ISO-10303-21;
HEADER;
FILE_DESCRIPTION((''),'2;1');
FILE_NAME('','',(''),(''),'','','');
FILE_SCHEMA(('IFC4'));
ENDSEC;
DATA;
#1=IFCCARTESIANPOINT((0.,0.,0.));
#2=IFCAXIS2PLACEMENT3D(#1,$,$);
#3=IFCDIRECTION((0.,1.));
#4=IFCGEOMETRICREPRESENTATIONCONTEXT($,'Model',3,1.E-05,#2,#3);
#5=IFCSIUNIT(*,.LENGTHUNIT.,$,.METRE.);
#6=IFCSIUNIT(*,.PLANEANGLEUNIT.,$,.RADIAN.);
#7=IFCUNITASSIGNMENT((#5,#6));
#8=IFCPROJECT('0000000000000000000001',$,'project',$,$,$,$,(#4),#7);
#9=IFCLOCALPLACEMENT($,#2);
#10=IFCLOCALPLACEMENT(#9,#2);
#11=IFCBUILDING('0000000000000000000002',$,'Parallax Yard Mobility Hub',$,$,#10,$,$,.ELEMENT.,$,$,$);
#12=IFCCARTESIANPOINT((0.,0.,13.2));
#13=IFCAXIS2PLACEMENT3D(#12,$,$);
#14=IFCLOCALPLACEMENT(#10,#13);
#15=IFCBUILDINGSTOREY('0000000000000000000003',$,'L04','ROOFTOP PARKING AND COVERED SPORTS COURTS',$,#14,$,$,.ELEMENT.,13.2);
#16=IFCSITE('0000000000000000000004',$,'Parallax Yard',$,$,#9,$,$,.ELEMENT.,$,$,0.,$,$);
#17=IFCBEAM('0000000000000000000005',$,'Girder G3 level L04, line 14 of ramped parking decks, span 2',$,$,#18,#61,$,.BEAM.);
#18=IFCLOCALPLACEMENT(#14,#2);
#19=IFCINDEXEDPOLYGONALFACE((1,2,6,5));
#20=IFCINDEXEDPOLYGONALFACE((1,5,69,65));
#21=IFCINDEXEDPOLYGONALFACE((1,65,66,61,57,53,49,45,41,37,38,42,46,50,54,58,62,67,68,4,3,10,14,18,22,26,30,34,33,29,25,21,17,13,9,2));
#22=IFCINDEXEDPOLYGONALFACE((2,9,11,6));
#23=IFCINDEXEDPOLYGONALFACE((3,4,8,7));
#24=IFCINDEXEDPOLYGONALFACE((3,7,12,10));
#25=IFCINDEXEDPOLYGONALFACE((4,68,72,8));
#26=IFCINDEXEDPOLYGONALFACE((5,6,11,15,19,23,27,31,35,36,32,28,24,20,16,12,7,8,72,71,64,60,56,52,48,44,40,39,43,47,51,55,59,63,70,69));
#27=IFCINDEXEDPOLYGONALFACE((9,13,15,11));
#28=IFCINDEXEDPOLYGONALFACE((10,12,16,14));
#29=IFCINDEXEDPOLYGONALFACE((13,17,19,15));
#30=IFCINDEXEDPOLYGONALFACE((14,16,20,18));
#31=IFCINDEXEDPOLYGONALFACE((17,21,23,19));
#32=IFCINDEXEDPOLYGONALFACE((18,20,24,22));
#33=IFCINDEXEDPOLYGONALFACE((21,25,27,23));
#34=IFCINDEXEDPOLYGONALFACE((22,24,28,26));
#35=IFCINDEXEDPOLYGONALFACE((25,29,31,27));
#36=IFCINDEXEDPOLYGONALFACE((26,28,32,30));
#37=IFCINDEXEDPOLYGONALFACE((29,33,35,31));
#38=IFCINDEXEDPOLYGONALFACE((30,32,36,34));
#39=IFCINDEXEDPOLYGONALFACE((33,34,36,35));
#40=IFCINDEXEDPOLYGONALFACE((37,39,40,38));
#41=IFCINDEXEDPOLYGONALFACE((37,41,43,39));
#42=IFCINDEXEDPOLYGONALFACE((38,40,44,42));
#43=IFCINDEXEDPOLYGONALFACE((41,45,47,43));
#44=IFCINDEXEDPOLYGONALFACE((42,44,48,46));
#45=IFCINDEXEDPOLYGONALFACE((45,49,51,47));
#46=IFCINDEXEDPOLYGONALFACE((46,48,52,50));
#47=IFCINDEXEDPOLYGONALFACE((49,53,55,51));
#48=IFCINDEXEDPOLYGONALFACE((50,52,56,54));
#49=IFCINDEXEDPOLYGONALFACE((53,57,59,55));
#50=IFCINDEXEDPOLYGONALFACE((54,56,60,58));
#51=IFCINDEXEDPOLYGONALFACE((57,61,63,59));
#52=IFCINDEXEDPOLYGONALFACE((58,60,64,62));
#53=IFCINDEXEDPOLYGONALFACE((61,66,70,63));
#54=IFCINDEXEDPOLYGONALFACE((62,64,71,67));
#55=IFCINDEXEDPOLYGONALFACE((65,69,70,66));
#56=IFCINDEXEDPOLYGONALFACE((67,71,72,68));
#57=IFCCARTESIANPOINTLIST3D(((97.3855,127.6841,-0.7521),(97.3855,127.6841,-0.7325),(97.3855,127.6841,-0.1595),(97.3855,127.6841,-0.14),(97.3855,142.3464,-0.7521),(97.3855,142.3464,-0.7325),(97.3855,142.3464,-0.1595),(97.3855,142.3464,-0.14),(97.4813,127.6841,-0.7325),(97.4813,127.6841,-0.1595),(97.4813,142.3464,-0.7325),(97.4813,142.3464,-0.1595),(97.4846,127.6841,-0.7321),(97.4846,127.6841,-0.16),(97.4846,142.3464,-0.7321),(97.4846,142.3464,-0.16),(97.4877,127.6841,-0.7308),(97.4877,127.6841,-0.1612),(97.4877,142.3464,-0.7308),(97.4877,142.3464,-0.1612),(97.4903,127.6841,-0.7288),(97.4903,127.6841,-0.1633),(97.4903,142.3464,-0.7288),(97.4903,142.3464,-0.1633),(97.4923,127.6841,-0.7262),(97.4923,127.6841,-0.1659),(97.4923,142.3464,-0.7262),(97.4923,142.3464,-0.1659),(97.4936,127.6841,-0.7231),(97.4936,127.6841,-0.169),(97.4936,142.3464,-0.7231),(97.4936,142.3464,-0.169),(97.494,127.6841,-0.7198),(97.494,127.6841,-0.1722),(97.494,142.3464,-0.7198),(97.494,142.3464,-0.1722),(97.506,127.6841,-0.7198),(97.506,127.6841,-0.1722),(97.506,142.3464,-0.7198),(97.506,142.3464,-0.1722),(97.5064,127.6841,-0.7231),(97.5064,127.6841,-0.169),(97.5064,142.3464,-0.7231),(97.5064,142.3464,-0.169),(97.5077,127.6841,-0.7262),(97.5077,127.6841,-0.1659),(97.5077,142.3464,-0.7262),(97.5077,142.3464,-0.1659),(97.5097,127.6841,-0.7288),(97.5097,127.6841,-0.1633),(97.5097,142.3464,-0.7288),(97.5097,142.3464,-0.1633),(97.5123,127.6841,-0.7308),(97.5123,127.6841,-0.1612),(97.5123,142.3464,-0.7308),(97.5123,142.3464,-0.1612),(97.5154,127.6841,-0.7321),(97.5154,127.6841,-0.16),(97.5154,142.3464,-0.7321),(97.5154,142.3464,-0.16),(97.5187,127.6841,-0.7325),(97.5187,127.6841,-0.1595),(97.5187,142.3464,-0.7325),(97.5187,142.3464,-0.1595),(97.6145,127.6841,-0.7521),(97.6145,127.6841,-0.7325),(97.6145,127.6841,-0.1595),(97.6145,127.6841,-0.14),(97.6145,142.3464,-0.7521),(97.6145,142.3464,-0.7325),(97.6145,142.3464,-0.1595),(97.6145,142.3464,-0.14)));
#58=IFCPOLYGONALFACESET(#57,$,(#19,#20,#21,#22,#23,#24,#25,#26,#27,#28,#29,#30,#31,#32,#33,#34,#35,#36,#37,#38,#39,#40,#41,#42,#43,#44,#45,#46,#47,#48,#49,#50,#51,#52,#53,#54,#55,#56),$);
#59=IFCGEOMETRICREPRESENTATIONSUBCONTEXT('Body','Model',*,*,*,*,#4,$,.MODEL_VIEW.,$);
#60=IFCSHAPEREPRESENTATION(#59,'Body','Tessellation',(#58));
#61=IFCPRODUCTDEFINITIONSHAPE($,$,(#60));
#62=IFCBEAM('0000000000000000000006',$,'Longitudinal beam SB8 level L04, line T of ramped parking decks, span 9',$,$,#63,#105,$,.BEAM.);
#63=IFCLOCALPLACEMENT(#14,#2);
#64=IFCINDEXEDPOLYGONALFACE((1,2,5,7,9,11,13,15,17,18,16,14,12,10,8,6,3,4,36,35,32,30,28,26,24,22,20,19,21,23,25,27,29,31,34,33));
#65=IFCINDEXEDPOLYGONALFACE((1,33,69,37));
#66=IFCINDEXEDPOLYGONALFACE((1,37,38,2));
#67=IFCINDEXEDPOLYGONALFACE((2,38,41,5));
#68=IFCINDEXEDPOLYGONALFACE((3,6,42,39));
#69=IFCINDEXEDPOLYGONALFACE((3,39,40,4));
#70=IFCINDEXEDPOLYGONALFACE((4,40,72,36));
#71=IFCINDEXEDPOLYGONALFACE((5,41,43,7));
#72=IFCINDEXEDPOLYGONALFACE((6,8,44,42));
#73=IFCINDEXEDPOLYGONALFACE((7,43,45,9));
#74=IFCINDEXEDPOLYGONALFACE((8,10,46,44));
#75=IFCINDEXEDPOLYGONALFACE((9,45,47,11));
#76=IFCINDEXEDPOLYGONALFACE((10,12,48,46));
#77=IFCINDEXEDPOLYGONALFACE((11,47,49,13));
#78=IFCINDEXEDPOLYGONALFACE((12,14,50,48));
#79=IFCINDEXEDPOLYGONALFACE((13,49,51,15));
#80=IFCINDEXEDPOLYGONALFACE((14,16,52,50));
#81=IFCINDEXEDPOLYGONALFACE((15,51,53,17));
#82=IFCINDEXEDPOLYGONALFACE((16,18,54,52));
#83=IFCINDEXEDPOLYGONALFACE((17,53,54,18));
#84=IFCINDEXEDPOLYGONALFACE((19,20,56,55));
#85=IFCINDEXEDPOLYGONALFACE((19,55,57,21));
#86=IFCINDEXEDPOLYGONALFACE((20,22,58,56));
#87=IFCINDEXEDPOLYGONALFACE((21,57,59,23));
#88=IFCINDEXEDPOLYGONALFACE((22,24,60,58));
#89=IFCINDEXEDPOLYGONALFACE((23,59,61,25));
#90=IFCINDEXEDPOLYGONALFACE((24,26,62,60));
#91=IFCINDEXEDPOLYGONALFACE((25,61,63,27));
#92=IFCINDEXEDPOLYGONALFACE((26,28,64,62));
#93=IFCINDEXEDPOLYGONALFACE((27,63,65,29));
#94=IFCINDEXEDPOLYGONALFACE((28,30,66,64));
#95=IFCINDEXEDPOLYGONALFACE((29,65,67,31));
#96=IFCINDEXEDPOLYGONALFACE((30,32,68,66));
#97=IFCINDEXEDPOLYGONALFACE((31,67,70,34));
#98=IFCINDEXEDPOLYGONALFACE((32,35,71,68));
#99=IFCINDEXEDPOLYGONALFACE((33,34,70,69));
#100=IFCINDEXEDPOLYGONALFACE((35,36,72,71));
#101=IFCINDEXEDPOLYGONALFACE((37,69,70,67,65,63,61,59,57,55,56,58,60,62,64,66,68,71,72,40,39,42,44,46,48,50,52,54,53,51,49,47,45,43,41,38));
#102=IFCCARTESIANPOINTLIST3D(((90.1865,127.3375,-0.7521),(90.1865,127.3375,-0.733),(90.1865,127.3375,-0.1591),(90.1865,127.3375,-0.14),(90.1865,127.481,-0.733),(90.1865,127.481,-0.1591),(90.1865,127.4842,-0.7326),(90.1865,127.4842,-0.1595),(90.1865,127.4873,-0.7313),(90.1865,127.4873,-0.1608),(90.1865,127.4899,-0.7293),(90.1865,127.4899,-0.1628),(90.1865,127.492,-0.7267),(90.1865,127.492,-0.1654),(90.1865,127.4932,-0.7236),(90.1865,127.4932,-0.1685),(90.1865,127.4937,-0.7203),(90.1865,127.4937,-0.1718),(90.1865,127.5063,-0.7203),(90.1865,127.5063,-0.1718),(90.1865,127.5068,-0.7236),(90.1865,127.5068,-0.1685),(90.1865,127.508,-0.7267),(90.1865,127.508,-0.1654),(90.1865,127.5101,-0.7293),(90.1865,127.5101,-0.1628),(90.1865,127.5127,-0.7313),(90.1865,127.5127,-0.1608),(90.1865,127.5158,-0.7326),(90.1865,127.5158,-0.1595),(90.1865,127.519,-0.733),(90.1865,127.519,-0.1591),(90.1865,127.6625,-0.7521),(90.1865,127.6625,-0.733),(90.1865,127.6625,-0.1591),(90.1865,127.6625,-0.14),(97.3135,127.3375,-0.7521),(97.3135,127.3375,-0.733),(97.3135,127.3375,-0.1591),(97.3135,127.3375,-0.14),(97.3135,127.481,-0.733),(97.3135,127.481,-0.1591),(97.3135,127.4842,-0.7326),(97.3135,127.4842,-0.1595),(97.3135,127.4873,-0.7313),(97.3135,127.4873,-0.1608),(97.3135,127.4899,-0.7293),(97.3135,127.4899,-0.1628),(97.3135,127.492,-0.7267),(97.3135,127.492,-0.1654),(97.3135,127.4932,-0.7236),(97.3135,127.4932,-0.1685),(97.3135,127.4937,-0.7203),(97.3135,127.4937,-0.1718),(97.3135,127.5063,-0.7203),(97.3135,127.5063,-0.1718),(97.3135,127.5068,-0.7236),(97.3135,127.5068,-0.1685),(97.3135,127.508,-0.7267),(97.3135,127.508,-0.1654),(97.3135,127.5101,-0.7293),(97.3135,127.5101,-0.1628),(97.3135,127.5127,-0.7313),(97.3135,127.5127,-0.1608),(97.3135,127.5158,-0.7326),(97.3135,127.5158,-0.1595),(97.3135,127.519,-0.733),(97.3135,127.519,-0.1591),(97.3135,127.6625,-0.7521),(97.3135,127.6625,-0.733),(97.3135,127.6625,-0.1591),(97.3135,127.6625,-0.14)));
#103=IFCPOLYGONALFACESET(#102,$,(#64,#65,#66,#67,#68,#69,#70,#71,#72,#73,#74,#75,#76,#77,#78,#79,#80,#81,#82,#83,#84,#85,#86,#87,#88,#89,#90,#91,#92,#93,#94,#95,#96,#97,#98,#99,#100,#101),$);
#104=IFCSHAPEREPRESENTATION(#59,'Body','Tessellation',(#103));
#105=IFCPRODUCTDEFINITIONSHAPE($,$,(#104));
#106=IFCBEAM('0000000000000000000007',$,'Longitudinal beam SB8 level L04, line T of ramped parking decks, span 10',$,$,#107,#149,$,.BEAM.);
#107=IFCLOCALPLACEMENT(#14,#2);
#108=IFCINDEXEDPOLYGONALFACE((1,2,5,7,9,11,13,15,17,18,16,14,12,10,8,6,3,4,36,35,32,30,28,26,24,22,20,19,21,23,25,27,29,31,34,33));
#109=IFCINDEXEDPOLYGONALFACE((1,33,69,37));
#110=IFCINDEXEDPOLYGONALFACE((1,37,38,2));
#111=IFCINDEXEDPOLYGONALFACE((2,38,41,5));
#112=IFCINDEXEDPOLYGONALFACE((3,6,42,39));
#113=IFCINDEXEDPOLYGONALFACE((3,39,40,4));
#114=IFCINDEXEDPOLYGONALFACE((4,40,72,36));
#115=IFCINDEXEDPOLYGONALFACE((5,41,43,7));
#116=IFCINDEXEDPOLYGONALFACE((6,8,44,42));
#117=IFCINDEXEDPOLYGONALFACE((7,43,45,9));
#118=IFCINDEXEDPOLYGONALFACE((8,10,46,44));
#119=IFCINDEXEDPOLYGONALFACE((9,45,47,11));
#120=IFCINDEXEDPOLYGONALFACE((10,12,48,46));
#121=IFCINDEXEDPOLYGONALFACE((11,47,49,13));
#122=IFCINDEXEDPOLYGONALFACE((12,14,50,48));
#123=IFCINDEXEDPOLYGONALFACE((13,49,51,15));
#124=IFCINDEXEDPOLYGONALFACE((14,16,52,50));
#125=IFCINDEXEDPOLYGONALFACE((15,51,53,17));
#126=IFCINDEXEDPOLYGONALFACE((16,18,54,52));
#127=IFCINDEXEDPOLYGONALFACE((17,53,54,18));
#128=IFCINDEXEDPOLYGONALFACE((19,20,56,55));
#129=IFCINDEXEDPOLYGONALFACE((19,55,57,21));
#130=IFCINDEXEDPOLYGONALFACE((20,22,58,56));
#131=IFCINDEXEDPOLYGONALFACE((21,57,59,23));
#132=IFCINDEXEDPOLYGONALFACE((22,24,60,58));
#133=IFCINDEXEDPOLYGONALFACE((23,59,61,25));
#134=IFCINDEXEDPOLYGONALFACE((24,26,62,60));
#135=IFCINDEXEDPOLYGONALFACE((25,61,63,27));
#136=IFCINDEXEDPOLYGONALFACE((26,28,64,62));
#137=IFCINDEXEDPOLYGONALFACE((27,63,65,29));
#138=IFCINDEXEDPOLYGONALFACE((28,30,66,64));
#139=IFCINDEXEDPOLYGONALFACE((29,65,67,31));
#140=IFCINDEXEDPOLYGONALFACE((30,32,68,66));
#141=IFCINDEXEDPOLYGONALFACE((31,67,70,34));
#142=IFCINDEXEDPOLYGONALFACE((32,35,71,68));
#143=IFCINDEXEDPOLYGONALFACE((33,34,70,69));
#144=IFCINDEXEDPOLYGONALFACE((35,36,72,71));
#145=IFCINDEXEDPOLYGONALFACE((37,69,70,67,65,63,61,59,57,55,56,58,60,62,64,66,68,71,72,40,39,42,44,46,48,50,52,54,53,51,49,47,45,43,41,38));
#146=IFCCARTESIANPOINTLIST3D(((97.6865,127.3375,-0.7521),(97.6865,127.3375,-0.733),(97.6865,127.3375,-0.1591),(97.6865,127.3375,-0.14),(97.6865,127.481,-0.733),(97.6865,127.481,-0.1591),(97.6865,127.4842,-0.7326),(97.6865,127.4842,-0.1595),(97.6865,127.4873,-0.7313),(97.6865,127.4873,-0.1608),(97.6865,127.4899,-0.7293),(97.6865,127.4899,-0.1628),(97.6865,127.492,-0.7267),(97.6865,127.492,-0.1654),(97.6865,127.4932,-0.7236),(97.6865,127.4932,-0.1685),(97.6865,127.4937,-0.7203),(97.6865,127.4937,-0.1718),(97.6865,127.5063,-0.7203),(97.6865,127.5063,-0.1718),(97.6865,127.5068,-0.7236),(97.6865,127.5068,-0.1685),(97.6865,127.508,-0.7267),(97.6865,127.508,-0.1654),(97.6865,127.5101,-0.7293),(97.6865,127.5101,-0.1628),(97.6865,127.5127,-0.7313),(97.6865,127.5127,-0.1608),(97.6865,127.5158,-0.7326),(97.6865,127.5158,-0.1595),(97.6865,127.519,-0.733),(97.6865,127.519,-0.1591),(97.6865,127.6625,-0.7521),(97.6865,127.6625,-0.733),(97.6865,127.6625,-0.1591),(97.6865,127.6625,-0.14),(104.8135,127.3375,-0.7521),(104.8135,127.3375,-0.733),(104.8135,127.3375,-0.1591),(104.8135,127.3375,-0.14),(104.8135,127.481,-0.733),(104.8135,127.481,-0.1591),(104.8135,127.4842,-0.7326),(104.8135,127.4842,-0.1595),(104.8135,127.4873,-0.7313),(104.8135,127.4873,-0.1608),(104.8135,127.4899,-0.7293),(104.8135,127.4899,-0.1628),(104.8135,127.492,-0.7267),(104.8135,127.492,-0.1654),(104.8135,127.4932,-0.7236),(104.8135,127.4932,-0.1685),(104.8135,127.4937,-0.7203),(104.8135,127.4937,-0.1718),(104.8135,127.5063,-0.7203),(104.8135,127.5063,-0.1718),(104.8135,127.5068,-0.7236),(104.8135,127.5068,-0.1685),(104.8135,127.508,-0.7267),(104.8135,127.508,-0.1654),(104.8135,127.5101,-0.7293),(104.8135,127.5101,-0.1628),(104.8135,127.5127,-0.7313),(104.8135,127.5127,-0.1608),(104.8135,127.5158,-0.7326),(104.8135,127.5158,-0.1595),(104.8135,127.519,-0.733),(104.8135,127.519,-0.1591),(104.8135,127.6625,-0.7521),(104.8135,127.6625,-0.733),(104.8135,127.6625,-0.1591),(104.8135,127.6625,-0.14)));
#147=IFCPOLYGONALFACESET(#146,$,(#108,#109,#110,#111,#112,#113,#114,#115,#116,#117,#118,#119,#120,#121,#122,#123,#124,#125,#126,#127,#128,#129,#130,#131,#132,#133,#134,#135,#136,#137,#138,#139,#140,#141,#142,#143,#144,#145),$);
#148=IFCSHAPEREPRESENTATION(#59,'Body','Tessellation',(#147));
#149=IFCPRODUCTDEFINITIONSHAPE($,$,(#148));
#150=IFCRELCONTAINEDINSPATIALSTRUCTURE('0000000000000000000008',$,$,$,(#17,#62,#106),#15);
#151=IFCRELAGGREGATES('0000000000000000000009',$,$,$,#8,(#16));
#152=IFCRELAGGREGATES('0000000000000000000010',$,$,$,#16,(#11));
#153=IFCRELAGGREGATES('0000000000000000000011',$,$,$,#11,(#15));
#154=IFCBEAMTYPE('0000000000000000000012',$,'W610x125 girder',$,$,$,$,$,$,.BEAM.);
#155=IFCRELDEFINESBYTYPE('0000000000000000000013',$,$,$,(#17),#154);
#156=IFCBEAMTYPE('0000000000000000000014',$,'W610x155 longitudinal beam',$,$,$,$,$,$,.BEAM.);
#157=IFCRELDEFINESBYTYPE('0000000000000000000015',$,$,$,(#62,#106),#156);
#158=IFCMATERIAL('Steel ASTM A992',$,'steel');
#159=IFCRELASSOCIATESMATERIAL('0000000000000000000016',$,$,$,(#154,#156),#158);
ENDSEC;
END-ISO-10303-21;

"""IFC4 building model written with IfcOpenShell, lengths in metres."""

from ifc_helpers import new_model, si_unit, direction, frame, origin, origin_2d, place, context, subcontext, project, spatial, i_section, extrude, material, material_profile, profile_set, type_object, element, save


model = new_model("IFC4")

# Units and contexts
model_context = context("Model", 3, precision=1e-05, world=origin(), true_north=direction((0.0, 1.0)))
body_context = subcontext(model_context, "Body", "Model", "MODEL_VIEW")
ifc_project = project(units=[si_unit("LENGTHUNIT", "METRE"), si_unit("PLANEANGLEUNIT", "RADIAN")], contexts=[model_context])

# Site, building, storey
site_placement = place(None, origin())
site = spatial("IfcSite", under=ifc_project, at=site_placement, Name="Parallax Yard", CompositionType="ELEMENT", RefElevation=0.0)
building_placement = place(site_placement, origin())
building = spatial("IfcBuilding", under=site, at=building_placement, Name="Parallax Yard Mobility Hub", CompositionType="ELEMENT")
storey_placement = place(building_placement, frame((0.0, 0.0, 13.2)))
storey = spatial("IfcBuildingStorey", under=building, at=storey_placement, Name="L04", Description="ROOFTOP PARKING AND COVERED SPORTS COURTS", CompositionType="ELEMENT", Elevation=13.2)

# Shared definitions
ifc_material_1 = material(Name="Steel ASTM A992", Category="steel")

# Beams
ifc_material_profile_1 = material_profile(ifc_material_1, i_section(OverallWidth=0.229, OverallDepth=0.6121, WebThickness=0.012, FlangeThickness=0.0195, FilletRadius=0.0127, at=origin_2d()), Name="W610x125")
ifc_profile_set_1 = profile_set([ifc_material_profile_1], Name="Steel ASTM A992")
beam_type_1 = type_object("IfcBeamType", Name="W610x125 girder", PredefinedType="BEAM", material=ifc_profile_set_1)
for number, where, z_axis, x_axis, name in (
    (1, (97.5, 127.6841, -0.446), (0.0, 1.0, 0.0), (-1.0, 0.0, 0.0), "Girder G3 level L04, line 14 of ramped parking decks, span 2"),
):
    element("IfcBeam", number, at=place(storey_placement, frame(where, z_axis=z_axis, x_axis=x_axis)), inside=storey, type_object=beam_type_1, Name=name, PredefinedType="BEAM", context=body_context, shape_type="SweptSolid", body=[
        extrude(i_section(OverallWidth=0.229, OverallDepth=0.6121, WebThickness=0.012, FlangeThickness=0.0195, FilletRadius=0.0127, at=origin_2d()), origin(), (0.0, 0.0, 1.0), 14.6624),
    ])
ifc_material_profile_2 = material_profile(ifc_material_1, i_section(OverallWidth=0.325, OverallDepth=0.6121, WebThickness=0.0127, FlangeThickness=0.019, FilletRadius=0.0127, at=origin_2d()), Name="W610x155")
ifc_profile_set_2 = profile_set([ifc_material_profile_2], Name="Steel ASTM A992")
beam_type_2 = type_object("IfcBeamType", Name="W610x155 longitudinal beam", PredefinedType="BEAM", material=ifc_profile_set_2)
for number, where, z_axis, x_axis, name in (
    (2, (90.1865, 127.5, -0.446), (1.0, 0.0, 0.0), (0.0, 1.0, 0.0), "Longitudinal beam SB8 level L04, line T of ramped parking decks, span 9"),
    (3, (97.6865, 127.5, -0.446), (1.0, 0.0, 0.0), (0.0, 1.0, 0.0), "Longitudinal beam SB8 level L04, line T of ramped parking decks, span 10"),
):
    element("IfcBeam", number, at=place(storey_placement, frame(where, z_axis=z_axis, x_axis=x_axis)), inside=storey, type_object=beam_type_2, Name=name, PredefinedType="BEAM", context=body_context, shape_type="SweptSolid", body=[
        extrude(i_section(OverallWidth=0.325, OverallDepth=0.6121, WebThickness=0.0127, FlangeThickness=0.019, FilletRadius=0.0127, at=origin_2d()), origin(), (0.0, 0.0, 1.0), 7.127),
    ])

save(model, "model.ifc")
